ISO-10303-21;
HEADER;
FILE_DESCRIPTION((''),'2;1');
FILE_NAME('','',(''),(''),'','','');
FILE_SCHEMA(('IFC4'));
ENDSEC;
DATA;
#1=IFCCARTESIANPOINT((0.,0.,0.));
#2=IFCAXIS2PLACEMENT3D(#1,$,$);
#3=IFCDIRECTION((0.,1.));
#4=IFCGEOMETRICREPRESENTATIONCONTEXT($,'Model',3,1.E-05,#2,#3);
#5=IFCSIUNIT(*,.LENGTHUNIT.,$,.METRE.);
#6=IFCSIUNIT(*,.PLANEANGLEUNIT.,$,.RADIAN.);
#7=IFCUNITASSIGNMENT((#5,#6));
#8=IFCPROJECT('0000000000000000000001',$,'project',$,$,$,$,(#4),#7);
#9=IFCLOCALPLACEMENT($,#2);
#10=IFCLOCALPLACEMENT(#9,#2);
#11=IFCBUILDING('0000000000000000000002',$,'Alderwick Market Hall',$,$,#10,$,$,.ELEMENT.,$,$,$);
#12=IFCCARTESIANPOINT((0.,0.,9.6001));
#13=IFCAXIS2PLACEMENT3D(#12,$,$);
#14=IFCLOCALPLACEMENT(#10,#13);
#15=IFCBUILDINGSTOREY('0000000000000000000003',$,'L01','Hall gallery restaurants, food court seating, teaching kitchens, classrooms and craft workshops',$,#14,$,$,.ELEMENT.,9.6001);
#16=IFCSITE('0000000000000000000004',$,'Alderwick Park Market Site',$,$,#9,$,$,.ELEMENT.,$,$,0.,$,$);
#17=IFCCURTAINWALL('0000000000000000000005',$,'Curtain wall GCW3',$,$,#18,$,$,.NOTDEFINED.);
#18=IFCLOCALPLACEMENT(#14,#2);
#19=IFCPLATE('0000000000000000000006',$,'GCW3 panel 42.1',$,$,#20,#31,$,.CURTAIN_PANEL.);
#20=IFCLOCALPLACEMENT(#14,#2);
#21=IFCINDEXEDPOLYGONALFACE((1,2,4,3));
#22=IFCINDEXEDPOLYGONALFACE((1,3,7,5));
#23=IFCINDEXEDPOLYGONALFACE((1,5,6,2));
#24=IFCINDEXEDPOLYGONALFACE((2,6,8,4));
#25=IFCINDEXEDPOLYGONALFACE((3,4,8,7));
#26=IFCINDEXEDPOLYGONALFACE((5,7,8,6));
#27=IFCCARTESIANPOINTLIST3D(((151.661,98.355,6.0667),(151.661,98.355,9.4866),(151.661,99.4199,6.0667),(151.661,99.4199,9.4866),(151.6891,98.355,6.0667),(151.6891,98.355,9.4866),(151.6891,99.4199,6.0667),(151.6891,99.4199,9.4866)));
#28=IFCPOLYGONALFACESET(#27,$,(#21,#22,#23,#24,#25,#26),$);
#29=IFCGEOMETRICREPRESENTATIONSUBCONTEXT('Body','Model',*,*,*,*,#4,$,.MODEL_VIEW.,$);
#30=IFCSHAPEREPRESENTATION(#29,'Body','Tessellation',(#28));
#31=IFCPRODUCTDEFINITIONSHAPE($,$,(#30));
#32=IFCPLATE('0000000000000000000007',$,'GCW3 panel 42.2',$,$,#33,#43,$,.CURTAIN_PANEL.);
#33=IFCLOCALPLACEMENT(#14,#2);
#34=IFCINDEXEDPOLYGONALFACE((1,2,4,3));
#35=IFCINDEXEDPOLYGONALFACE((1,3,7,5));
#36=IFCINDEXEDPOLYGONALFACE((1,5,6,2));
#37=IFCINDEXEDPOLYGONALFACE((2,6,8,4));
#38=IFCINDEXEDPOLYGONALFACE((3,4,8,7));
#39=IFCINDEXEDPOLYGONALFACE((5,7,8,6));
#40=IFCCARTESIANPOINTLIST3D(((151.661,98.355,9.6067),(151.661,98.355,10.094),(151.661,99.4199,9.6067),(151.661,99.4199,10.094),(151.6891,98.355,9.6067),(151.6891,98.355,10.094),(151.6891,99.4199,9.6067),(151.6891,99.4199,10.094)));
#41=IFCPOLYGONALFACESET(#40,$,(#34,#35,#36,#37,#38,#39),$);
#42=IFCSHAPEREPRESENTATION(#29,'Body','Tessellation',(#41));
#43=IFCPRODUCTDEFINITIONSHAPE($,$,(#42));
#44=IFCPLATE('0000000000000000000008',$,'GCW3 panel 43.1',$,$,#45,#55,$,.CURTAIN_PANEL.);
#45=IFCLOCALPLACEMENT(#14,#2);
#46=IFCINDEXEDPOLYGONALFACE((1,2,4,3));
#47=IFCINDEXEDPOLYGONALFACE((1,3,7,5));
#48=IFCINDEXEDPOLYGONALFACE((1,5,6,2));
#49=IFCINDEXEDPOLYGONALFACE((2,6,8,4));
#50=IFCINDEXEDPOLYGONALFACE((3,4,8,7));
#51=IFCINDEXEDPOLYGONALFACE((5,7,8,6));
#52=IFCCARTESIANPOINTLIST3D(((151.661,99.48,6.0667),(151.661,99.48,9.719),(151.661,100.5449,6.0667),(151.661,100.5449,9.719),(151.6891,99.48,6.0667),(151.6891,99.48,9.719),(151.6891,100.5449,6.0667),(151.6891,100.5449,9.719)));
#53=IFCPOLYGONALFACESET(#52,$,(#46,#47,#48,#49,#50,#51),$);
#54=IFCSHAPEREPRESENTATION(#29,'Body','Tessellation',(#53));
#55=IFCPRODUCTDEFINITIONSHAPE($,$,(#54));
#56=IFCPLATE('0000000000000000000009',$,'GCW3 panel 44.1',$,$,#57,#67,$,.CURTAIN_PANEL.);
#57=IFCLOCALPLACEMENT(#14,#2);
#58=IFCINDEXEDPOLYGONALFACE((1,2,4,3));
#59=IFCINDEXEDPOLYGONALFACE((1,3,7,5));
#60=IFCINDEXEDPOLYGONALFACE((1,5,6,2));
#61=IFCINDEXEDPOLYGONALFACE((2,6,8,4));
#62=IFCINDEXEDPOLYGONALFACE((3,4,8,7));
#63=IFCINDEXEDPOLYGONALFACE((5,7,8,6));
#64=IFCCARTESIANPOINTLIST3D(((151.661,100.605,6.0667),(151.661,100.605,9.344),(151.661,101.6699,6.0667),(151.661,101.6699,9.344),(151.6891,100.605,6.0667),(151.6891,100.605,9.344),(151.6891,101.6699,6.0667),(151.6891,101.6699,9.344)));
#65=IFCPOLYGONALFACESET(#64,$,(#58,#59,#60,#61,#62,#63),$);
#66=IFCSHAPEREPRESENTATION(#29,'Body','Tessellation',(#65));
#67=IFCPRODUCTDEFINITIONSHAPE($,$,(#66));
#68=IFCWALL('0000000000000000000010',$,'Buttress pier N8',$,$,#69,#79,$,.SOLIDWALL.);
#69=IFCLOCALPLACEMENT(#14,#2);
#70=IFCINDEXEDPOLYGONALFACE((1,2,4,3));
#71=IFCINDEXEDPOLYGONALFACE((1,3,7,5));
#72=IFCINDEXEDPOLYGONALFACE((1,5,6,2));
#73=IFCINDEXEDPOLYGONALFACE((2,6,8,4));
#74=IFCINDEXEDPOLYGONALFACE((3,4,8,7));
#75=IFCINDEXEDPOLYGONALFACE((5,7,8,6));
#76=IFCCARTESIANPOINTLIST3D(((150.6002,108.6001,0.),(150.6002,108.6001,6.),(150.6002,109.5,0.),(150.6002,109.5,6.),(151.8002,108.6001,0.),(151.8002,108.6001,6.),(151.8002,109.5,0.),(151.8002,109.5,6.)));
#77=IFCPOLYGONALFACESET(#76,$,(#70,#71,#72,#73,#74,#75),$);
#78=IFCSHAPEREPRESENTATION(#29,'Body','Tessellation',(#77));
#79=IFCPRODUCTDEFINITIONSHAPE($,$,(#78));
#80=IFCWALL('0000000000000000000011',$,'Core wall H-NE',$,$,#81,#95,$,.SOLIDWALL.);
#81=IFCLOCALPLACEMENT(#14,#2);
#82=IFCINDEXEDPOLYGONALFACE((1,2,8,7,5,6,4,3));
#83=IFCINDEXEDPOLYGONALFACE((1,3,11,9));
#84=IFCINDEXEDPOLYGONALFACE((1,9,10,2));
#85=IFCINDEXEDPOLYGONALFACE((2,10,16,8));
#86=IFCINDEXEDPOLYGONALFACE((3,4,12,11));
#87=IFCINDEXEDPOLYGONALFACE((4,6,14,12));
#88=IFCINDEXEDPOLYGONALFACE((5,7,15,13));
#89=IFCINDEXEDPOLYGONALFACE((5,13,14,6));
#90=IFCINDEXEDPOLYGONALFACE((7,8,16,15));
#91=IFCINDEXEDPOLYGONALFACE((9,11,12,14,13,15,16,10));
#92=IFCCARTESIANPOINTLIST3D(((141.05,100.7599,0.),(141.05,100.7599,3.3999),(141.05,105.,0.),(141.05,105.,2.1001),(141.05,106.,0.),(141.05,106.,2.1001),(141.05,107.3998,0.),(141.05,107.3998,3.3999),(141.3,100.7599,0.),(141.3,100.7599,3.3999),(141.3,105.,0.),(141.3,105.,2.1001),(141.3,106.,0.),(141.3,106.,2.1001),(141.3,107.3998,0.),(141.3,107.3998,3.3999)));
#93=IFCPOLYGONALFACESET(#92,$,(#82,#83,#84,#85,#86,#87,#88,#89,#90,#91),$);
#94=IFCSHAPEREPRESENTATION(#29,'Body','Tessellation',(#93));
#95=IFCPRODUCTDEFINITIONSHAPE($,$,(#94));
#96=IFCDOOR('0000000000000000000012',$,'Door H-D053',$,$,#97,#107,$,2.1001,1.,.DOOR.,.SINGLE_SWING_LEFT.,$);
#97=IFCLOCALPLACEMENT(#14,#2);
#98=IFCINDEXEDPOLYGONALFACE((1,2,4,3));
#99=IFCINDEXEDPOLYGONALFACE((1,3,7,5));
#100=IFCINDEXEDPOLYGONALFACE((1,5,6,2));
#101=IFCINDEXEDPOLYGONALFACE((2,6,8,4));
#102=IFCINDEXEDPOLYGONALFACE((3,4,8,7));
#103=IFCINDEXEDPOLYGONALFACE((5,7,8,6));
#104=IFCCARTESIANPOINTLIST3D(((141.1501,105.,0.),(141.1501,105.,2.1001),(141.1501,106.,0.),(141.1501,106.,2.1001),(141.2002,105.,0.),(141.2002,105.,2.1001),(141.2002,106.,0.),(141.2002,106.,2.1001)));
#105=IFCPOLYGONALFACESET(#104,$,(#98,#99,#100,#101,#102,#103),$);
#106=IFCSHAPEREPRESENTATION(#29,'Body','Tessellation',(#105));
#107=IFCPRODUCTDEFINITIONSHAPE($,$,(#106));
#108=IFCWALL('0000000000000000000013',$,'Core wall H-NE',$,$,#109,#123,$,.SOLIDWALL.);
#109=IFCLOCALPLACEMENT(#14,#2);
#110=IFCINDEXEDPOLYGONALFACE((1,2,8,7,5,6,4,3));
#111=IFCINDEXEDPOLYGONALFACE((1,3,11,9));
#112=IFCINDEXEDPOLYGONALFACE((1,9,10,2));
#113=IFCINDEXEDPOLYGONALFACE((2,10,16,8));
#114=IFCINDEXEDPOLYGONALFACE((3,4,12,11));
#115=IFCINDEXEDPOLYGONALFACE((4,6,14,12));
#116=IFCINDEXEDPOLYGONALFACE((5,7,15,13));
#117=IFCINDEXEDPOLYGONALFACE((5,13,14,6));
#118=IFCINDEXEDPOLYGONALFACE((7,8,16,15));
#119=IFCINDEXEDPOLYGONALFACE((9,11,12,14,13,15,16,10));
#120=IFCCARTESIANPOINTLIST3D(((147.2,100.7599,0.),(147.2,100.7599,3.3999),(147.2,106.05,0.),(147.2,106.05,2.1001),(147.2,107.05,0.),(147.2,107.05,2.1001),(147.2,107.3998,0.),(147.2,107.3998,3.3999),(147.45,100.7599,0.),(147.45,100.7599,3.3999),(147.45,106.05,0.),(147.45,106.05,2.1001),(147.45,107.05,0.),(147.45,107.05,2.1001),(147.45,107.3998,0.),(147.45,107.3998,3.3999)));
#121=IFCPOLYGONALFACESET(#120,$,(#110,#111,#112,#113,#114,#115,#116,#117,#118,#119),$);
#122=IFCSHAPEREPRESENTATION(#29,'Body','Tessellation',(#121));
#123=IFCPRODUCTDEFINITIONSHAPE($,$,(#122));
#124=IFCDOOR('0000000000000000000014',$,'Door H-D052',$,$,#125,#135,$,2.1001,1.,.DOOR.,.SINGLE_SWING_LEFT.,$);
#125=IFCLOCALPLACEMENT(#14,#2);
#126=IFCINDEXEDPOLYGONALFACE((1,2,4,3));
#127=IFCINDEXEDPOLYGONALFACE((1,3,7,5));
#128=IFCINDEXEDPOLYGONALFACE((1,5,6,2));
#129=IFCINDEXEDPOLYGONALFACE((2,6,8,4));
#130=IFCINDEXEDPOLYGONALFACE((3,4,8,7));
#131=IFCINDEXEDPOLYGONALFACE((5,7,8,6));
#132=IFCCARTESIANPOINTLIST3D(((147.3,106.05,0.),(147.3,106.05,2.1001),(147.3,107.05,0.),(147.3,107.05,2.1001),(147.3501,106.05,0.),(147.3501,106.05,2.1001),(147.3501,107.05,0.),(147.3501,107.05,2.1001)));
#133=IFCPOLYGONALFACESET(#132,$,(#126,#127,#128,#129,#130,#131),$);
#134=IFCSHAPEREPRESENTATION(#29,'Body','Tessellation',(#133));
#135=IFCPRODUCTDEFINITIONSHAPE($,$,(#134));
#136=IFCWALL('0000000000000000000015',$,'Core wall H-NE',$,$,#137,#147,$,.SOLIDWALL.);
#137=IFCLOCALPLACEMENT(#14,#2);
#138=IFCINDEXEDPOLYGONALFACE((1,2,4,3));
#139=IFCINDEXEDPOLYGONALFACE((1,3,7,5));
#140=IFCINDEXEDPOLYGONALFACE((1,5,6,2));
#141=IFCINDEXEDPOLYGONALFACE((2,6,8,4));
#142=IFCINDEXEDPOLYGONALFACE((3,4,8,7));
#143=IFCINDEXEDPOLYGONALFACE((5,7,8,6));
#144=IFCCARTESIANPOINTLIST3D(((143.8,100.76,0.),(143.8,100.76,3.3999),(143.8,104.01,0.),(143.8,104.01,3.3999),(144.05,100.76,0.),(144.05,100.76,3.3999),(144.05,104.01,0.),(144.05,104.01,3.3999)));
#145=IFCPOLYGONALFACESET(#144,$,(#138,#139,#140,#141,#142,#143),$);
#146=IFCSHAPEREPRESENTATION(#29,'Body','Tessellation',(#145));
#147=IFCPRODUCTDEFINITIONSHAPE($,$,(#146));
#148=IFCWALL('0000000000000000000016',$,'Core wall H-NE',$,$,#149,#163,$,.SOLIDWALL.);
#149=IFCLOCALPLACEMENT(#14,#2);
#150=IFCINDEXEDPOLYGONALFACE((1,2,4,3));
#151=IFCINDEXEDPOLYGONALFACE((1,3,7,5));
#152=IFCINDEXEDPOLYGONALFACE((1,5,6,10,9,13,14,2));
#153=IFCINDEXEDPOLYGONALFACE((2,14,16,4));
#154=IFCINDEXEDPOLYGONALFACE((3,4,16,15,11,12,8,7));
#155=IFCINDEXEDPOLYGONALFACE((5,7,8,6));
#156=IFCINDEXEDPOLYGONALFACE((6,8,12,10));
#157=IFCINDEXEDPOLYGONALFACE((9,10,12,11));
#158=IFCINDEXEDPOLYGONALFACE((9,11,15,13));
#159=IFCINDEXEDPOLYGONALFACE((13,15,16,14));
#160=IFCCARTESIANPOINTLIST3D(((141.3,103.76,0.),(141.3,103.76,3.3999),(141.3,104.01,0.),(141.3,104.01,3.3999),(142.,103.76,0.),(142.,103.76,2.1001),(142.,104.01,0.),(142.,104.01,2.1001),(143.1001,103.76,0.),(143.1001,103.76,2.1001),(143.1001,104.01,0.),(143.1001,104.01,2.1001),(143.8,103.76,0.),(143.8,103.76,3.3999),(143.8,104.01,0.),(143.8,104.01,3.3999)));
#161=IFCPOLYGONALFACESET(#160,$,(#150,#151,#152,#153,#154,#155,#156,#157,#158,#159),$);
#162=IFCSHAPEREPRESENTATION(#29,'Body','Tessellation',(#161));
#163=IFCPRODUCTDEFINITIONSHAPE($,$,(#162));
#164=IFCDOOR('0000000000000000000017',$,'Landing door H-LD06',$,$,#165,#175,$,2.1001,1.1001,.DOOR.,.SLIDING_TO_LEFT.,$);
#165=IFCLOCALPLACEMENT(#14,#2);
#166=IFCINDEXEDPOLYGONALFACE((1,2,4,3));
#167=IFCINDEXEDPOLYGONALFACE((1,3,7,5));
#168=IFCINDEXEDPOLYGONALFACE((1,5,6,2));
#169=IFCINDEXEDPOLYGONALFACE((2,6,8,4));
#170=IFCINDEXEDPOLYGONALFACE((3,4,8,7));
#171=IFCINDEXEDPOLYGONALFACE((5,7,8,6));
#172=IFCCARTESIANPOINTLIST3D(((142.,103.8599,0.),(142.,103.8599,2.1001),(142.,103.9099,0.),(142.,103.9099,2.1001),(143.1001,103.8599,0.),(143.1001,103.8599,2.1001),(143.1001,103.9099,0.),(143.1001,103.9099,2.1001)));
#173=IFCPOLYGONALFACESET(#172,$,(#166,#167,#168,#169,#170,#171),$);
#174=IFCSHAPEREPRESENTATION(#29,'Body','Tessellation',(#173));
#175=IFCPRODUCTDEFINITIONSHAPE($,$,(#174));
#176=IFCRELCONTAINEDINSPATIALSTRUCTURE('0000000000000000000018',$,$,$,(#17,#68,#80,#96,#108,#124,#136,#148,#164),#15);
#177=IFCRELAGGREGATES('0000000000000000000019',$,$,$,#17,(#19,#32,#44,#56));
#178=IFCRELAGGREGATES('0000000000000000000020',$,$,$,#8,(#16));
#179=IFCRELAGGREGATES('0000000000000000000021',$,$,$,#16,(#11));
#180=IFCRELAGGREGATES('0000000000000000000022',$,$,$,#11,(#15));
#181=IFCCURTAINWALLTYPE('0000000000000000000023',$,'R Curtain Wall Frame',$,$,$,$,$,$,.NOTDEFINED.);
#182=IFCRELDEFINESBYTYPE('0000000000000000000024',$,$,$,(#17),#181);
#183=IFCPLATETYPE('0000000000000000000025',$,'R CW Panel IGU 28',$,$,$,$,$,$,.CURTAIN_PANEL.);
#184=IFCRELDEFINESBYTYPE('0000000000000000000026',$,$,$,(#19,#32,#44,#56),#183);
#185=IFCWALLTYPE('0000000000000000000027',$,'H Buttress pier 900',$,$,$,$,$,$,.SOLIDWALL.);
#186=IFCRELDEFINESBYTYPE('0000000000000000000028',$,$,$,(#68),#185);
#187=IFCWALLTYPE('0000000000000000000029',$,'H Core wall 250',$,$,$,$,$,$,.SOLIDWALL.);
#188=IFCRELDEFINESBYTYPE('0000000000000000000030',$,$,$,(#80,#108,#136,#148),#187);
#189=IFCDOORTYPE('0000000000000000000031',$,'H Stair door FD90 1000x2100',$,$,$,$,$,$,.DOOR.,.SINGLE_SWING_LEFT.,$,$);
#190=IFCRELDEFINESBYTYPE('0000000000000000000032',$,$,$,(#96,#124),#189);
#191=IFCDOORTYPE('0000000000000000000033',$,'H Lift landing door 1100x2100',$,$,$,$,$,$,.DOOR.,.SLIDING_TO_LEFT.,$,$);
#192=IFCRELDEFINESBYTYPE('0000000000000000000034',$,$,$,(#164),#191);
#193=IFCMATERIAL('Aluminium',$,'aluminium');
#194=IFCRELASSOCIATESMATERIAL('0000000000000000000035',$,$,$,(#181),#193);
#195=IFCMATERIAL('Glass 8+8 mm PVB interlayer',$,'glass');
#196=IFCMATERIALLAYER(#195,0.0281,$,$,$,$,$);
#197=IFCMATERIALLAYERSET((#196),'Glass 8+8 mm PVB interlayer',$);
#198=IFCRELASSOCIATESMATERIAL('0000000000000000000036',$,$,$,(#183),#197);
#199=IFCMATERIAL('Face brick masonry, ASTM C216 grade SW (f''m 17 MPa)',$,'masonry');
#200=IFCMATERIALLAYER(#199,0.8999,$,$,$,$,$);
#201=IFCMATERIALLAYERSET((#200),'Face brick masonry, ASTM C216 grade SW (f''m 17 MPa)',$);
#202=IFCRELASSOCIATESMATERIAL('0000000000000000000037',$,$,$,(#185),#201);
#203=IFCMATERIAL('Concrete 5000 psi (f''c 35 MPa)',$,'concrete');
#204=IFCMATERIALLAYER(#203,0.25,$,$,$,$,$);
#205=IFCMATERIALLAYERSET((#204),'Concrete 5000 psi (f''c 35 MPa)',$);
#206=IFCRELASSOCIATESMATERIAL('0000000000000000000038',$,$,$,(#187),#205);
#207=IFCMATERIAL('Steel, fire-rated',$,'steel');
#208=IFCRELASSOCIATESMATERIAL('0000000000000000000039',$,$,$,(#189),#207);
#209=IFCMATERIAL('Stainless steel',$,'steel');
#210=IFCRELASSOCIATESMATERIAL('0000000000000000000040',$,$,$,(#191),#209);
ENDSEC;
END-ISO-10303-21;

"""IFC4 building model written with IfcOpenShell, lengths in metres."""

from ifc_helpers import new_model, si_unit, direction, frame, frame_2d, origin, origin_2d, place, context, subcontext, project, spatial, rectangle, extrude, material, layer, layer_set, type_object, element, fill, aggregate, save


model = new_model("IFC4")

# Units and contexts
model_context = context("Model", 3, precision=1e-05, world=origin(), true_north=direction((0.0, 1.0)))
body_context = subcontext(model_context, "Body", "Model", "MODEL_VIEW")
ifc_project = project(units=[si_unit("LENGTHUNIT", "METRE"), si_unit("PLANEANGLEUNIT", "RADIAN")], contexts=[model_context])

# Site, building, storey
site_placement = place(None, origin())
site = spatial("IfcSite", under=ifc_project, at=site_placement, Name="Alderwick Park Market Site", CompositionType="ELEMENT", RefElevation=0.0)
building_placement = place(site_placement, origin())
building = spatial("IfcBuilding", under=site, at=building_placement, Name="Alderwick Market Hall", CompositionType="ELEMENT")
storey_placement = place(building_placement, frame((0.0, 0.0, 9.6001)))
storey = spatial("IfcBuildingStorey", under=building, at=storey_placement, Name="L01", Description="Hall gallery restaurants, food court seating, teaching kitchens, classrooms and craft workshops", CompositionType="ELEMENT", Elevation=9.6001)

# Shared definitions
ifc_material_1 = material(Name="Concrete 5000 psi (f'c 35 MPa)", Category="concrete")

# Curtain wall
ifc_material_2 = material(Name="Aluminium", Category="aluminium")
curtain_wall_type = type_object("IfcCurtainWallType", Name="R Curtain Wall Frame", PredefinedType="NOTDEFINED", material=ifc_material_2)
curtain_wall_placement = place(storey_placement, origin())
curtain_wall = element("IfcCurtainWall", 1, at=curtain_wall_placement, inside=storey, type_object=curtain_wall_type, Name="Curtain wall GCW3", PredefinedType="NOTDEFINED")

# Plates
ifc_material_3 = material(Name="Glass 8+8 mm PVB interlayer", Category="glass")
ifc_layer_1 = layer(ifc_material_3, 0.0281)
ifc_layer_set_1 = layer_set([ifc_layer_1], Name="Glass 8+8 mm PVB interlayer")
plate_type = type_object("IfcPlateType", Name="R CW Panel IGU 28", PredefinedType="CURTAIN_PANEL", material=ifc_layer_set_1)
plate_1_placement = place(storey_placement, frame((151.675, 98.8875, 6.0667), z_axis=(0.0, 0.0, 1.0), x_axis=(1.0, 0.0, 0.0)))
plate_1 = element("IfcPlate", 2, at=plate_1_placement, type_object=plate_type, Name="GCW3 panel 42.1", PredefinedType="CURTAIN_PANEL", context=body_context, shape_type="SweptSolid", body=[
    extrude(rectangle(XDim=0.0281, YDim=1.0649, at=origin_2d()), origin(), (0.0, 0.0, 1.0), 3.4199),
])
plate_2_placement = place(storey_placement, frame((151.675, 98.8875, 9.6067), z_axis=(0.0, 0.0, 1.0), x_axis=(1.0, 0.0, 0.0)))
plate_2 = element("IfcPlate", 3, at=plate_2_placement, type_object=plate_type, Name="GCW3 panel 42.2", PredefinedType="CURTAIN_PANEL", context=body_context, shape_type="SweptSolid", body=[
    extrude(rectangle(XDim=0.0281, YDim=1.0649, at=origin_2d()), origin(), (0.0, 0.0, 1.0), 0.4873),
])
plate_3_placement = place(storey_placement, frame((151.675, 100.0125, 6.0667), z_axis=(0.0, 0.0, 1.0), x_axis=(1.0, 0.0, 0.0)))
plate_3 = element("IfcPlate", 4, at=plate_3_placement, type_object=plate_type, Name="GCW3 panel 43.1", PredefinedType="CURTAIN_PANEL", context=body_context, shape_type="SweptSolid", body=[
    extrude(rectangle(XDim=0.0281, YDim=1.0649, at=origin_2d()), origin(), (0.0, 0.0, 1.0), 3.6523),
])
plate_4_placement = place(storey_placement, frame((151.675, 101.1375, 6.0667), z_axis=(0.0, 0.0, 1.0), x_axis=(1.0, 0.0, 0.0)))
plate_4 = element("IfcPlate", 5, at=plate_4_placement, type_object=plate_type, Name="GCW3 panel 44.1", PredefinedType="CURTAIN_PANEL", context=body_context, shape_type="SweptSolid", body=[
    extrude(rectangle(XDim=0.0281, YDim=1.0649, at=origin_2d()), origin(), (0.0, 0.0, 1.0), 3.2773),
])
aggregate(curtain_wall, [plate_1, plate_2, plate_3, plate_4])

# Wall
ifc_material_4 = material(Name="Face brick masonry, ASTM C216 grade SW (f'm 17 MPa)", Category="masonry")
ifc_layer_2 = layer(ifc_material_4, 0.8999)
ifc_layer_set_2 = layer_set([ifc_layer_2], Name="Face brick masonry, ASTM C216 grade SW (f'm 17 MPa)")
wall_type_1 = type_object("IfcWallType", Name="H Buttress pier 900", PredefinedType="SOLIDWALL", material=ifc_layer_set_2)
wall_1_placement = place(storey_placement, frame((150.6001, 109.05, 0.0), z_axis=(0.0, 0.0, 1.0), x_axis=(1.0, 0.0, 0.0)))
element("IfcWall", 6, at=wall_1_placement, inside=storey, type_object=wall_type_1, Name="Buttress pier N8", PredefinedType="SOLIDWALL", context=body_context, shape_type="SweptSolid", body=[
    extrude(rectangle(XDim=1.2, YDim=0.8999, at=frame_2d((0.6001, 0.0))), origin(), (0.0, 0.0, 1.0), 6.0),
])

# Walls, openings, doors
ifc_layer_3 = layer(ifc_material_1, 0.25)
ifc_layer_set_3 = layer_set([ifc_layer_3], Name="Concrete 5000 psi (f'c 35 MPa)")
wall_type_2 = type_object("IfcWallType", Name="H Core wall 250", PredefinedType="SOLIDWALL", material=ifc_layer_set_3)
wall_2_placement = place(storey_placement, frame((141.175, 100.76, 0.0), z_axis=(0.0, 0.0, 1.0), x_axis=(0.0, 1.0, 0.0)))
wall_2 = element("IfcWall", 7, at=wall_2_placement, inside=storey, type_object=wall_type_2, Name="Core wall H-NE", PredefinedType="SOLIDWALL", context=body_context, shape_type="SweptSolid", body=[
    extrude(rectangle(XDim=6.6399, YDim=0.25, at=frame_2d((3.3198, 0.0))), origin(), (0.0, 0.0, 1.0), 3.3999),
])
opening_1_placement = place(wall_2_placement, frame((4.24, 0.0, 0.0)))
opening_1 = element("IfcOpeningElement", 8, at=opening_1_placement, cuts=wall_2, PredefinedType="OPENING", context=body_context, shape_type="SweptSolid", body=[
    extrude(rectangle(XDim=1.0, YDim=2.1001, at=frame_2d((0.5, 1.05))), frame((0.0, 0.135, 0.0), z_axis=(0.0, -1.0, 0.0), x_axis=(1.0, 0.0, 0.0)), (0.0, 0.0, 1.0), 0.27),
])
ifc_material_5 = material(Name="Steel, fire-rated", Category="steel")
door_type_1 = type_object("IfcDoorType", Name="H Stair door FD90 1000x2100", OperationType="SINGLE_SWING_LEFT", PredefinedType="DOOR", material=ifc_material_5)
door_1_placement = place(opening_1_placement, origin())
door_1 = element("IfcDoor", 9, at=door_1_placement, inside=storey, type_object=door_type_1, Name="Door H-D053", OperationType="SINGLE_SWING_LEFT", OverallHeight=2.1001, OverallWidth=1.0, PredefinedType="DOOR", context=body_context, shape_type="SweptSolid", body=[
    extrude(rectangle(XDim=1.0, YDim=2.1001, at=frame_2d((0.5, 1.05))), frame((0.0, 0.0249, 0.0), z_axis=(0.0, -1.0, 0.0), x_axis=(1.0, 0.0, 0.0)), (0.0, 0.0, 1.0), 0.05),
])
fill(opening_1, door_1)
wall_3_placement = place(storey_placement, frame((147.325, 100.76, 0.0), z_axis=(0.0, 0.0, 1.0), x_axis=(0.0, 1.0, 0.0)))
wall_3 = element("IfcWall", 10, at=wall_3_placement, inside=storey, type_object=wall_type_2, Name="Core wall H-NE", PredefinedType="SOLIDWALL", context=body_context, shape_type="SweptSolid", body=[
    extrude(rectangle(XDim=6.6399, YDim=0.25, at=frame_2d((3.3198, 0.0))), origin(), (0.0, 0.0, 1.0), 3.3999),
])
opening_2_placement = place(wall_3_placement, frame((5.29, 0.0, 0.0)))
opening_2 = element("IfcOpeningElement", 11, at=opening_2_placement, cuts=wall_3, PredefinedType="OPENING", context=body_context, shape_type="SweptSolid", body=[
    extrude(rectangle(XDim=1.0, YDim=2.1001, at=frame_2d((0.5, 1.05))), frame((0.0, 0.135, 0.0), z_axis=(0.0, -1.0, 0.0), x_axis=(1.0, 0.0, 0.0)), (0.0, 0.0, 1.0), 0.27),
])
door_2_placement = place(opening_2_placement, origin())
door_2 = element("IfcDoor", 12, at=door_2_placement, inside=storey, type_object=door_type_1, Name="Door H-D052", OperationType="SINGLE_SWING_LEFT", OverallHeight=2.1001, OverallWidth=1.0, PredefinedType="DOOR", context=body_context, shape_type="SweptSolid", body=[
    extrude(rectangle(XDim=1.0, YDim=2.1001, at=frame_2d((0.5, 1.05))), frame((0.0, 0.0249, 0.0), z_axis=(0.0, -1.0, 0.0), x_axis=(1.0, 0.0, 0.0)), (0.0, 0.0, 1.0), 0.05),
])
fill(opening_2, door_2)

# Wall
wall_4_placement = place(storey_placement, frame((143.925, 100.76, 0.0), z_axis=(0.0, 0.0, 1.0), x_axis=(0.0, 1.0, 0.0)))
element("IfcWall", 13, at=wall_4_placement, inside=storey, type_object=wall_type_2, Name="Core wall H-NE", PredefinedType="SOLIDWALL", context=body_context, shape_type="SweptSolid", body=[
    extrude(rectangle(XDim=3.25, YDim=0.25, at=frame_2d((1.625, 0.0))), origin(), (0.0, 0.0, 1.0), 3.3999),
])

# Wall, opening, door
wall_5_placement = place(storey_placement, frame((141.3, 103.885, 0.0), z_axis=(0.0, 0.0, 1.0), x_axis=(1.0, 0.0, 0.0)))
wall_5 = element("IfcWall", 14, at=wall_5_placement, inside=storey, type_object=wall_type_2, Name="Core wall H-NE", PredefinedType="SOLIDWALL", context=body_context, shape_type="SweptSolid", body=[
    extrude(rectangle(XDim=2.5, YDim=0.25, at=frame_2d((1.25, 0.0))), origin(), (0.0, 0.0, 1.0), 3.3999),
])
opening_3_placement = place(wall_5_placement, frame((0.7, 0.0, 0.0)))
opening_3 = element("IfcOpeningElement", 15, at=opening_3_placement, cuts=wall_5, PredefinedType="OPENING", context=body_context, shape_type="SweptSolid", body=[
    extrude(rectangle(XDim=1.1001, YDim=2.1001, at=frame_2d((0.55, 1.05))), frame((0.0, 0.135, 0.0), z_axis=(0.0, -1.0, 0.0), x_axis=(1.0, 0.0, 0.0)), (0.0, 0.0, 1.0), 0.27),
])
ifc_material_6 = material(Name="Stainless steel", Category="steel")
door_type_2 = type_object("IfcDoorType", Name="H Lift landing door 1100x2100", OperationType="SLIDING_TO_LEFT", PredefinedType="DOOR", material=ifc_material_6)
door_3_placement = place(opening_3_placement, origin())
door_3 = element("IfcDoor", 16, at=door_3_placement, inside=storey, type_object=door_type_2, Name="Landing door H-LD06", OperationType="SLIDING_TO_LEFT", OverallHeight=2.1001, OverallWidth=1.1001, PredefinedType="DOOR", context=body_context, shape_type="SweptSolid", body=[
    extrude(rectangle(XDim=1.1001, YDim=2.1001, at=frame_2d((0.55, 1.05))), frame((0.0, 0.0249, 0.0), z_axis=(0.0, -1.0, 0.0), x_axis=(1.0, 0.0, 0.0)), (0.0, 0.0, 1.0), 0.05),
])
fill(opening_3, door_3)

save(model, "model.ifc")
